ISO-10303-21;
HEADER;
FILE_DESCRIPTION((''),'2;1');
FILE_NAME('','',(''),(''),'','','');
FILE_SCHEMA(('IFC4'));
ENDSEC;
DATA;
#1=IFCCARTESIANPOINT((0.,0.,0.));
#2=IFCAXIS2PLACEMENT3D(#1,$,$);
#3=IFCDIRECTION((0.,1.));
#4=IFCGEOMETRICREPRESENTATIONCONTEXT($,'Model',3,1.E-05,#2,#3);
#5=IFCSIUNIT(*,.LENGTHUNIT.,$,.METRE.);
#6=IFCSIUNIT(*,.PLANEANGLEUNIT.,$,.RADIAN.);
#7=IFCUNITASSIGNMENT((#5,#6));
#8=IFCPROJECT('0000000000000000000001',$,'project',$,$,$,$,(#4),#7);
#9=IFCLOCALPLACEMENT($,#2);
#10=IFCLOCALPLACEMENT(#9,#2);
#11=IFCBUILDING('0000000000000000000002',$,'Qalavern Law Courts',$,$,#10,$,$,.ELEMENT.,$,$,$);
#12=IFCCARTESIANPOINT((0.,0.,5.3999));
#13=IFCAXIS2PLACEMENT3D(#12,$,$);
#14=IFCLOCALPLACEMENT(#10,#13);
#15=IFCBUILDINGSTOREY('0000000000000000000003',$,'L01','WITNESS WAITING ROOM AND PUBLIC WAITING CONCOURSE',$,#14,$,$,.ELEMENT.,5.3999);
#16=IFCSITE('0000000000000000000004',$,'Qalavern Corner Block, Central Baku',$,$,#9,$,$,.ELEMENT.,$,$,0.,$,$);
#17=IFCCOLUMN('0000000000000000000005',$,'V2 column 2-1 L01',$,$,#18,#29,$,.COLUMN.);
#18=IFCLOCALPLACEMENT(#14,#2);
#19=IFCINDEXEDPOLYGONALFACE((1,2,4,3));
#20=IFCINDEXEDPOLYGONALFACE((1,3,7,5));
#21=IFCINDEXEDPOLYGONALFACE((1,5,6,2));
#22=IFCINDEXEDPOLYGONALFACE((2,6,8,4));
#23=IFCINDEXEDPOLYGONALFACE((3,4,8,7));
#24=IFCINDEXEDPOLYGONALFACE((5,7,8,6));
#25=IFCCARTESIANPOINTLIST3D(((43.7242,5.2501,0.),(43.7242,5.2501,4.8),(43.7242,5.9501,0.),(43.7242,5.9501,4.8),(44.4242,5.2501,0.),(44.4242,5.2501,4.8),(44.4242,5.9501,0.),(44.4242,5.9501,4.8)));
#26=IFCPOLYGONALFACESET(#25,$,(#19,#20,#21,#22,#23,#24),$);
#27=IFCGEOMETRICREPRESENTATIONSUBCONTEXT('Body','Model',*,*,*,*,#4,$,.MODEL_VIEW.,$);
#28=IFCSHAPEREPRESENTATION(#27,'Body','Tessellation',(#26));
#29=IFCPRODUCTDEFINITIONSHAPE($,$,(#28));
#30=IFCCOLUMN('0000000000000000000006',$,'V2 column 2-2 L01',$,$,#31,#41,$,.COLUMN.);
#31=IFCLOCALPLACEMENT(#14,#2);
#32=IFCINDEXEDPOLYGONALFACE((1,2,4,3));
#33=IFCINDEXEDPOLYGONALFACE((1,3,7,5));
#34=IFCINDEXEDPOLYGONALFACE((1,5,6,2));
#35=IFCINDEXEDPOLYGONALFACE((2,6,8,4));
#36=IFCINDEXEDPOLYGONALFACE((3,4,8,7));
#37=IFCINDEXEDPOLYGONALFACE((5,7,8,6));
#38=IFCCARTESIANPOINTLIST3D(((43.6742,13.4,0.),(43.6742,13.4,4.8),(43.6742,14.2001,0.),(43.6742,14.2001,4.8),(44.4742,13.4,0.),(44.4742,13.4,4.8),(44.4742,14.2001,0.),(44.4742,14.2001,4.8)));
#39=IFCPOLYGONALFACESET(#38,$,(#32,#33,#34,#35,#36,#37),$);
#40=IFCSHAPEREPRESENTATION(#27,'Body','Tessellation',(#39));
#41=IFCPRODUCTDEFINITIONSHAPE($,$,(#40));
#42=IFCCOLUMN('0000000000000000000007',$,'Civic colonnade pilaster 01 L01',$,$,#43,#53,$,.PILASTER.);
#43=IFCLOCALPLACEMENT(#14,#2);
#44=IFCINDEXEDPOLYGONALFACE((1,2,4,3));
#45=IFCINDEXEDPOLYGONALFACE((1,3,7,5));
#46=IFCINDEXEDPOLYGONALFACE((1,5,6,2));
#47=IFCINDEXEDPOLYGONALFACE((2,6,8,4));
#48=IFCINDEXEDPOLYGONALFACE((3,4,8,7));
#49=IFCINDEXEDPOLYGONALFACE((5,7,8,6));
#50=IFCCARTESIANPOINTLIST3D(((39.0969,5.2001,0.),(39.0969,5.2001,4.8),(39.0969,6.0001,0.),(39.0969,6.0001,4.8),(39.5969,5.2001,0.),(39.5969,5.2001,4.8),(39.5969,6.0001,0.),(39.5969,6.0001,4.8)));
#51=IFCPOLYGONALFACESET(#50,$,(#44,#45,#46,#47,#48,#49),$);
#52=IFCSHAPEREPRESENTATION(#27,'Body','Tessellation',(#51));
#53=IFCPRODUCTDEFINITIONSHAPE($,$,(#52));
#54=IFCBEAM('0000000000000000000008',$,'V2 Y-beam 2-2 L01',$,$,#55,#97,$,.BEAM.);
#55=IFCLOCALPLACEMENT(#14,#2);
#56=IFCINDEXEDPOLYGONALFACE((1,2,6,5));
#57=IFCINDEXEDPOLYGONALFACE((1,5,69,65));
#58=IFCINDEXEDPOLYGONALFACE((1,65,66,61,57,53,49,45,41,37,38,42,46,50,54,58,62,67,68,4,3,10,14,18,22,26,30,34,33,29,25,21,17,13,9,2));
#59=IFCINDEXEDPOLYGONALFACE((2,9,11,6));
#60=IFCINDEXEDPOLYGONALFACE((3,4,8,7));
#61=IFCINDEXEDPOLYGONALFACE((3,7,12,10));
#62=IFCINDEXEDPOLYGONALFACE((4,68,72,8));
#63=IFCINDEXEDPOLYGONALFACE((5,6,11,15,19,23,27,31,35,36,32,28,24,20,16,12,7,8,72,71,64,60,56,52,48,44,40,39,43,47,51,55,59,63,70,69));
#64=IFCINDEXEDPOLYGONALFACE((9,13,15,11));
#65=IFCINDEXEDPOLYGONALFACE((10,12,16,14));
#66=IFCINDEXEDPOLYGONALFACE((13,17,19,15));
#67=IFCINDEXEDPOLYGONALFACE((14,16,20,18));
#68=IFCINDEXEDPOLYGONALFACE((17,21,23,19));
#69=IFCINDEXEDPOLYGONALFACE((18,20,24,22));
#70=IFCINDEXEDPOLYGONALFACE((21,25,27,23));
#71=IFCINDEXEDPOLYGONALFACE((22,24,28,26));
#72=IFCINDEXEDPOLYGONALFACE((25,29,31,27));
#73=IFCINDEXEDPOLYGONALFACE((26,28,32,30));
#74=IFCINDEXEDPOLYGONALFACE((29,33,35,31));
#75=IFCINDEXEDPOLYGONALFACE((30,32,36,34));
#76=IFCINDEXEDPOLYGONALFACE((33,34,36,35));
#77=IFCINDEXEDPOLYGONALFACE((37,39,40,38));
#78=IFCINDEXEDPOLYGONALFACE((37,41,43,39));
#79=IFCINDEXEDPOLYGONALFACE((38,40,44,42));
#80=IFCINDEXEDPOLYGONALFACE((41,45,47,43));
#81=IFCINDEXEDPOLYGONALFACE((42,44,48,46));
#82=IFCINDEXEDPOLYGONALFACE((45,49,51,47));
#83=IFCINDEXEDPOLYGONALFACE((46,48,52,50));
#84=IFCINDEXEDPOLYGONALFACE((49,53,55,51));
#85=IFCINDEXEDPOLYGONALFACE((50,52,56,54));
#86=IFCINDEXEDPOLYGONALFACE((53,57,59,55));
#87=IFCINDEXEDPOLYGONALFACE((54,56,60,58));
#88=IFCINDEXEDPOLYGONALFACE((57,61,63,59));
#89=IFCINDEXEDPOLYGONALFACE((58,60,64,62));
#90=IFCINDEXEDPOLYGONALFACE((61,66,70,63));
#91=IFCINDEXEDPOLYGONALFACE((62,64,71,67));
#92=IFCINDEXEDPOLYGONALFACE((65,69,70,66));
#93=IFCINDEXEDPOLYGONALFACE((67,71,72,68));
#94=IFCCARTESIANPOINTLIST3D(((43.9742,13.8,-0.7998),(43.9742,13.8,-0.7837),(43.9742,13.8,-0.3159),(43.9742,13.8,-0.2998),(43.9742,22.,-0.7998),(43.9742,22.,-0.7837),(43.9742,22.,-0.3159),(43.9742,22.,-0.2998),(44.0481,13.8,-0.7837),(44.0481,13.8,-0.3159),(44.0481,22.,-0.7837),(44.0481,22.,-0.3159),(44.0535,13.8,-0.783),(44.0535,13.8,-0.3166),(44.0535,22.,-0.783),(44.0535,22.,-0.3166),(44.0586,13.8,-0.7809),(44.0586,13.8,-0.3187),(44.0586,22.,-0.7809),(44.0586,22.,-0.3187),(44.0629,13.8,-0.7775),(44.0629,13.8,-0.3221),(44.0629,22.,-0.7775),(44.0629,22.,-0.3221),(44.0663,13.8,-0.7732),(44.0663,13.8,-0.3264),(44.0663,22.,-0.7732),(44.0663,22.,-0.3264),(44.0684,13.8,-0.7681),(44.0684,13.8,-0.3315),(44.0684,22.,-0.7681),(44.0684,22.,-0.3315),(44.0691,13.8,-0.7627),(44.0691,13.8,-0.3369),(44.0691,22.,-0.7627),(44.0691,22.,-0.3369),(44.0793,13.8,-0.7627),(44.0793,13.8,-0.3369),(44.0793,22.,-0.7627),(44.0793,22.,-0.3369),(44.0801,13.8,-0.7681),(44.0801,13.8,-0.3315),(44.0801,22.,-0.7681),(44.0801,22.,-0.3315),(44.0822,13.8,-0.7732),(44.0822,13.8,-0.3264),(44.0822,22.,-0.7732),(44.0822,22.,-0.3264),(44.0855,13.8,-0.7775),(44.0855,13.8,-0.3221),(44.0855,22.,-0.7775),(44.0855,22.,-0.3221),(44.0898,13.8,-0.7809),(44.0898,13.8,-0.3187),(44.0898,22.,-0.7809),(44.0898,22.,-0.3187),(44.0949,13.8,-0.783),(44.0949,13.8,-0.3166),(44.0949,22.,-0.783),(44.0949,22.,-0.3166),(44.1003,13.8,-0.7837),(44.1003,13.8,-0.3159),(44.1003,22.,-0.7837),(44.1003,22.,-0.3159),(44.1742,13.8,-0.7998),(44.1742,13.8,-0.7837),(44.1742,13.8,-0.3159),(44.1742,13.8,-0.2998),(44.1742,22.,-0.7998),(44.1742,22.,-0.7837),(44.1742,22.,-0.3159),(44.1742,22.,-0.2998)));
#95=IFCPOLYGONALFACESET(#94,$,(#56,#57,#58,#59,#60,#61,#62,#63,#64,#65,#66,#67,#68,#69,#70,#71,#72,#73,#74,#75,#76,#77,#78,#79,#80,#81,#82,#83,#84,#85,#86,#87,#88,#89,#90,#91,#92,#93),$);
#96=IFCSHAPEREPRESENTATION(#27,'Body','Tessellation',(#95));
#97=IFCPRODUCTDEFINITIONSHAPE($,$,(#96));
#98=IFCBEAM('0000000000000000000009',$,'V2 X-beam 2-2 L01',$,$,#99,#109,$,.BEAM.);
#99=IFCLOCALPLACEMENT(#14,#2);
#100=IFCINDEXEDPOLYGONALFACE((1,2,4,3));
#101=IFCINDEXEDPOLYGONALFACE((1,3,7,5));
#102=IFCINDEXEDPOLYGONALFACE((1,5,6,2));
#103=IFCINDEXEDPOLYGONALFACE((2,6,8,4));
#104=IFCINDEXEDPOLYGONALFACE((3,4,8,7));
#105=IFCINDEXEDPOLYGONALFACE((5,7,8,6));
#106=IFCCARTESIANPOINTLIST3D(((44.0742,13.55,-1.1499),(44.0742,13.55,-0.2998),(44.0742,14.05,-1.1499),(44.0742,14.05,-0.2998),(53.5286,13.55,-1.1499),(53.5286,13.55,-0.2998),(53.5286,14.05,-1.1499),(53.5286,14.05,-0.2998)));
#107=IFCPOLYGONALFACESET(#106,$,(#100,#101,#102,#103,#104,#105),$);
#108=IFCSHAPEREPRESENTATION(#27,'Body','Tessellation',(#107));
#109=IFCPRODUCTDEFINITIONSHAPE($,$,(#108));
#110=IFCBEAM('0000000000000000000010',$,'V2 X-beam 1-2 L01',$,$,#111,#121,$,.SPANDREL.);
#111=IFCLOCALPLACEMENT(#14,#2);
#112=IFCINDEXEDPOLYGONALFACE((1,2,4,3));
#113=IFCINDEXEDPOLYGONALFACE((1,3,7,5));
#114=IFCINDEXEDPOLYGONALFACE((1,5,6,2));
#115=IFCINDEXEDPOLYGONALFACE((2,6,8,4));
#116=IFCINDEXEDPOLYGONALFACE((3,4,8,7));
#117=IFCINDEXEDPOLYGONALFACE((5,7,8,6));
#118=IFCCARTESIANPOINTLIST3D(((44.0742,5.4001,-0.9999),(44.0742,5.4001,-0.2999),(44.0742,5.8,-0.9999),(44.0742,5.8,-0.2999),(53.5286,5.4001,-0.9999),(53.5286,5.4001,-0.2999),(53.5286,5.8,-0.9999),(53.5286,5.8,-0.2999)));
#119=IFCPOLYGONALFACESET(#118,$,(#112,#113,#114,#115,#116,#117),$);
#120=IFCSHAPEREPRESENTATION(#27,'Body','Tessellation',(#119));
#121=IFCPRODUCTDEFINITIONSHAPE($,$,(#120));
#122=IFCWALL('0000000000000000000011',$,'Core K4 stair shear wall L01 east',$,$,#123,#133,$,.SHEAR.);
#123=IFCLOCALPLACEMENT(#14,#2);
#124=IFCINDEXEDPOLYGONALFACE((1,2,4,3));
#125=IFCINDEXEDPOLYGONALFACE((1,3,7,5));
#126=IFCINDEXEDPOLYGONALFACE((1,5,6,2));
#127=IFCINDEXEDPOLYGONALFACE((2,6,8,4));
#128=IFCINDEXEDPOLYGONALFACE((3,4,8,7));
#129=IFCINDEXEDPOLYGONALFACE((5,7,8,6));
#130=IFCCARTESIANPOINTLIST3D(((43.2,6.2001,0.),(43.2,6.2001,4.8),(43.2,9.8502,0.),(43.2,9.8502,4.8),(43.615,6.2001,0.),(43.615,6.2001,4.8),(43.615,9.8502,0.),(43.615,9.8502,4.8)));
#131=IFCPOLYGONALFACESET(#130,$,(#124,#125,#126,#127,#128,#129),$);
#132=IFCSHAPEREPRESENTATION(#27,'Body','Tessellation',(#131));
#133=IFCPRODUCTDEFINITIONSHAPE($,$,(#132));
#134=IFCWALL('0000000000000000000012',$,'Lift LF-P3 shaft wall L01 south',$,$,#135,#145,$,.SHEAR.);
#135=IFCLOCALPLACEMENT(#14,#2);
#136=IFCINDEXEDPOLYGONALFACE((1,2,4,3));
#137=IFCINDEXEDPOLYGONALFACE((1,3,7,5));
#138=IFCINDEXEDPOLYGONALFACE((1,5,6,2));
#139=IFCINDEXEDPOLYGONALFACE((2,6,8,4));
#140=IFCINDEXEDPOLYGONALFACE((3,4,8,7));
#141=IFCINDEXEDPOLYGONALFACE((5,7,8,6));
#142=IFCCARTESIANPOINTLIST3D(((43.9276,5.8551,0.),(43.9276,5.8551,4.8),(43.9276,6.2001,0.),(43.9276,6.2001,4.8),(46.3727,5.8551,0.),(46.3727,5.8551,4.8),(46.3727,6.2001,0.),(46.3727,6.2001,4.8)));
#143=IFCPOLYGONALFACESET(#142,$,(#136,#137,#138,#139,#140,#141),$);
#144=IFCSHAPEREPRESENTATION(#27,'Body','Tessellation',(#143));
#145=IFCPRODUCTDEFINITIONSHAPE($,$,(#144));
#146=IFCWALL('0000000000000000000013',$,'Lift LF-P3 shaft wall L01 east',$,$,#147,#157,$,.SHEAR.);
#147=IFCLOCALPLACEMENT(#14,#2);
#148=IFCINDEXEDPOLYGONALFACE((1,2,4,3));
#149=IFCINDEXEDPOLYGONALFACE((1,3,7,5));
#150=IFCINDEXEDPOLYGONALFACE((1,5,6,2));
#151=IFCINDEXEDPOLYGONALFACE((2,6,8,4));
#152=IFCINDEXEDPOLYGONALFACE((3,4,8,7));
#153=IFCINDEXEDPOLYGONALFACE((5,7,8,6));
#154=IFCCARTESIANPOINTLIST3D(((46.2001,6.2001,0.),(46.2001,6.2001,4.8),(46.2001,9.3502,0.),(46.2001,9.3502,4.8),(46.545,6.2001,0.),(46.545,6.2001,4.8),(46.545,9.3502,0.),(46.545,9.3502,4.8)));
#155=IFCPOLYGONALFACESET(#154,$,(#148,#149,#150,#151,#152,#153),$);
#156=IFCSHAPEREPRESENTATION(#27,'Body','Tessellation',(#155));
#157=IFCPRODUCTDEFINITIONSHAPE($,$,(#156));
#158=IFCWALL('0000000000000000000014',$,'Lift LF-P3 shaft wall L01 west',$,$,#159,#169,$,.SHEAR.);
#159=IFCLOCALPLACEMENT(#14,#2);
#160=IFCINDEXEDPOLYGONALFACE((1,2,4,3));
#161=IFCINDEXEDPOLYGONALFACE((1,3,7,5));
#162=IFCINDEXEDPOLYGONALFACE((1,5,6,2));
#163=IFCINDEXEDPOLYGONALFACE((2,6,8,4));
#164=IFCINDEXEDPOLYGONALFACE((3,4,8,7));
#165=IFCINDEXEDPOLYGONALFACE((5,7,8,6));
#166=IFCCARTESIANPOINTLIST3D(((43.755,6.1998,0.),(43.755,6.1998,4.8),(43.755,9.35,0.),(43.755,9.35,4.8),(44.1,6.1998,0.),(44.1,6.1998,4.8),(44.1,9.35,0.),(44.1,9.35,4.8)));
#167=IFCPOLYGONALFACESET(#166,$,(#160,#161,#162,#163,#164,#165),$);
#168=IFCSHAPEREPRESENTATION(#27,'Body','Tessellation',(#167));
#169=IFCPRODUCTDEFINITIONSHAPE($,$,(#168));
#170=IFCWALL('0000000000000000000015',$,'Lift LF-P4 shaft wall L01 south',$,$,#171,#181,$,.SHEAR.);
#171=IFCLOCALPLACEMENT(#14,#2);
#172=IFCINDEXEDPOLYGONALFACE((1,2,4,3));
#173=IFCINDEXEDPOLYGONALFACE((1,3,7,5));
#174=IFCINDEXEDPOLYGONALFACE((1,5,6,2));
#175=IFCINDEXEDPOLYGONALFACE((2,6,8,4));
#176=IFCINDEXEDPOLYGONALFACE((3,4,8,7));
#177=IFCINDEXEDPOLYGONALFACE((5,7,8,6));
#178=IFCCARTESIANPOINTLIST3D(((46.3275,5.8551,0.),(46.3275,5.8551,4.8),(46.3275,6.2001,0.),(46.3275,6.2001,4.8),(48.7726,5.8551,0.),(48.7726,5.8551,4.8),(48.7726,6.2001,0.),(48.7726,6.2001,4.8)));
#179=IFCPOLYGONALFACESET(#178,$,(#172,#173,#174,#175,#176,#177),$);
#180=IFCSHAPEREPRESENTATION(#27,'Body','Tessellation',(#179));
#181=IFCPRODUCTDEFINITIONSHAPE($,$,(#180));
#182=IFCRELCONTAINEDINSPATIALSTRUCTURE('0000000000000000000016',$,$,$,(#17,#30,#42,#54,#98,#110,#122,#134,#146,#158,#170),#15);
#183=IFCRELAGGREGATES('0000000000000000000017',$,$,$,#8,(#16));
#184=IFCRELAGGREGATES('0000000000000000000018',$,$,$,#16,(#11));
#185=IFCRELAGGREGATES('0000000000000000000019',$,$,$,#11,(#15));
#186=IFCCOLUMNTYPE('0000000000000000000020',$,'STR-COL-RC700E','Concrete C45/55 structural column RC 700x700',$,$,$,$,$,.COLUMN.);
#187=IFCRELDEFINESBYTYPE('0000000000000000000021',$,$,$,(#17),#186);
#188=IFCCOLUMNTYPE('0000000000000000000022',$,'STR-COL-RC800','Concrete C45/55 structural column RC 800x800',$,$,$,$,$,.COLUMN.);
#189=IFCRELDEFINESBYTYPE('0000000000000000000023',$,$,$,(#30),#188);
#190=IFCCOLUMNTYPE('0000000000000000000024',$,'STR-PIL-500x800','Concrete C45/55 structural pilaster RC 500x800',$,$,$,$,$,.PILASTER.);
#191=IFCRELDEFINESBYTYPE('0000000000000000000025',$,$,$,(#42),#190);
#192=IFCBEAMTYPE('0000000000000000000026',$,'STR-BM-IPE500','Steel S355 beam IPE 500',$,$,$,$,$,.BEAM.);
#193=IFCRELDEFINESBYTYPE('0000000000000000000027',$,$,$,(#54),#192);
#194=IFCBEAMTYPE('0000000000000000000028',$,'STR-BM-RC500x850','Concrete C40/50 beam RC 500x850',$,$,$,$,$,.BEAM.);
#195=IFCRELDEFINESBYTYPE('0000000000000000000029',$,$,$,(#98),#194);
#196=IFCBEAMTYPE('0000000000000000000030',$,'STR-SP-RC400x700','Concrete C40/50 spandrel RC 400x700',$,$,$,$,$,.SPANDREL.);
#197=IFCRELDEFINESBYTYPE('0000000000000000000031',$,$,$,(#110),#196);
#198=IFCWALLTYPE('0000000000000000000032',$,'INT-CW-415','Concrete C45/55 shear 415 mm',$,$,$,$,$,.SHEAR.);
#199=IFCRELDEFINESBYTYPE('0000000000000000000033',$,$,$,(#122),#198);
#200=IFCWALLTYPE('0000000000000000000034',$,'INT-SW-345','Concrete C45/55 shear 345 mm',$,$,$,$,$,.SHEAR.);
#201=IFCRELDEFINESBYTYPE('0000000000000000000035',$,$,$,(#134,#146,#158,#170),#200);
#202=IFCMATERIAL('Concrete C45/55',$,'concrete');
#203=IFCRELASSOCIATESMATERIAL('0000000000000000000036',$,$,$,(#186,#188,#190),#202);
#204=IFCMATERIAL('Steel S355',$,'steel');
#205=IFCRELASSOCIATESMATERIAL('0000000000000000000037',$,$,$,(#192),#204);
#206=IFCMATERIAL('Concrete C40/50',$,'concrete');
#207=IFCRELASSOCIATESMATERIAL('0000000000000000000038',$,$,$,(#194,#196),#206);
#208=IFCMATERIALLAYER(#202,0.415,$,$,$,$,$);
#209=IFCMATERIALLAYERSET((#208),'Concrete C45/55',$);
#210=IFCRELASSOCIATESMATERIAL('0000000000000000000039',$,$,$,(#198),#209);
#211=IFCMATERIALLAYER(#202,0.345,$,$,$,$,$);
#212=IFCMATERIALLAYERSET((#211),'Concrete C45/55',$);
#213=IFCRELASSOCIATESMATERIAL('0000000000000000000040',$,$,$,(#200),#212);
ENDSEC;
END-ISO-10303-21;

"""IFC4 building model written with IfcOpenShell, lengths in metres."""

from ifc_helpers import new_model, si_unit, direction, frame, frame_2d, origin, origin_2d, place, context, subcontext, project, spatial, rectangle, i_section, extrude, material, layer, layer_set, material_profile, profile_set, type_object, element, save


model = new_model("IFC4")

# Units and contexts
model_context = context("Model", 3, precision=1e-05, world=origin(), true_north=direction((0.0, 1.0)))
body_context = subcontext(model_context, "Body", "Model", "MODEL_VIEW")
ifc_project = project(units=[si_unit("LENGTHUNIT", "METRE"), si_unit("PLANEANGLEUNIT", "RADIAN")], contexts=[model_context])

# Site, building, storey
site_placement = place(None, origin())
site = spatial("IfcSite", under=ifc_project, at=site_placement, Name="Qalavern Corner Block, Central Baku", CompositionType="ELEMENT", RefElevation=0.0)
building_placement = place(site_placement, origin())
building = spatial("IfcBuilding", under=site, at=building_placement, Name="Qalavern Law Courts", CompositionType="ELEMENT")
storey_placement = place(building_placement, frame((0.0, 0.0, 5.3999)))
storey = spatial("IfcBuildingStorey", under=building, at=storey_placement, Name="L01", Description="WITNESS WAITING ROOM AND PUBLIC WAITING CONCOURSE", CompositionType="ELEMENT", Elevation=5.3999)

# Columns
ifc_material_1 = material(Name="Concrete C45/55", Category="concrete")
ifc_material_profile_1 = material_profile(ifc_material_1, rectangle(XDim=0.7, YDim=0.7, at=origin_2d()), Name="RC 700x700")
ifc_profile_set_1 = profile_set([ifc_material_profile_1], Name="Concrete C45/55")
column_type_1 = type_object("IfcColumnType", Name="STR-COL-RC700E", Description="Concrete C45/55 structural column RC 700x700", PredefinedType="COLUMN", material=ifc_profile_set_1)
column_1_placement = place(storey_placement, frame((44.0742, 5.6001, 0.0), z_axis=(0.0, 0.0, 1.0), x_axis=(1.0, 0.0, 0.0)))
element("IfcColumn", 1, at=column_1_placement, inside=storey, type_object=column_type_1, Name="V2 column 2-1 L01", PredefinedType="COLUMN", context=body_context, shape_type="SweptSolid", body=[
    extrude(rectangle(XDim=0.7, YDim=0.7, at=origin_2d()), origin(), (0.0, 0.0, 1.0), 4.8),
])
ifc_material_profile_2 = material_profile(ifc_material_1, rectangle(XDim=0.8, YDim=0.8, at=origin_2d()), Name="RC 800x800")
ifc_profile_set_2 = profile_set([ifc_material_profile_2], Name="Concrete C45/55")
column_type_2 = type_object("IfcColumnType", Name="STR-COL-RC800", Description="Concrete C45/55 structural column RC 800x800", PredefinedType="COLUMN", material=ifc_profile_set_2)
column_2_placement = place(storey_placement, frame((44.0742, 13.8, 0.0), z_axis=(0.0, 0.0, 1.0), x_axis=(1.0, 0.0, 0.0)))
element("IfcColumn", 2, at=column_2_placement, inside=storey, type_object=column_type_2, Name="V2 column 2-2 L01", PredefinedType="COLUMN", context=body_context, shape_type="SweptSolid", body=[
    extrude(rectangle(XDim=0.8, YDim=0.8, at=origin_2d()), origin(), (0.0, 0.0, 1.0), 4.8),
])
ifc_material_profile_3 = material_profile(ifc_material_1, rectangle(XDim=0.5, YDim=0.8, at=origin_2d()), Name="RC 500x800")
ifc_profile_set_3 = profile_set([ifc_material_profile_3], Name="Concrete C45/55")
column_type_3 = type_object("IfcColumnType", Name="STR-PIL-500x800", Description="Concrete C45/55 structural pilaster RC 500x800", PredefinedType="PILASTER", material=ifc_profile_set_3)
column_3_placement = place(storey_placement, frame((39.3469, 5.6001, 0.0), z_axis=(0.0, 0.0, 1.0), x_axis=(1.0, 0.0, 0.0)))
element("IfcColumn", 3, at=column_3_placement, inside=storey, type_object=column_type_3, Name="Civic colonnade pilaster 01 L01", PredefinedType="PILASTER", context=body_context, shape_type="SweptSolid", body=[
    extrude(rectangle(XDim=0.5, YDim=0.8, at=origin_2d()), origin(), (0.0, 0.0, 1.0), 4.8),
])

# Beams
ifc_material_2 = material(Name="Steel S355", Category="steel")
ifc_material_profile_4 = material_profile(ifc_material_2, i_section(OverallWidth=0.2, OverallDepth=0.5, WebThickness=0.0103, FlangeThickness=0.0161, FilletRadius=0.021, at=origin_2d()), Name="IPE 500")
ifc_profile_set_4 = profile_set([ifc_material_profile_4], Name="Steel S355")
beam_type_1 = type_object("IfcBeamType", Name="STR-BM-IPE500", Description="Steel S355 beam IPE 500", PredefinedType="BEAM", material=ifc_profile_set_4)
beam_1_placement = place(storey_placement, frame((44.0742, 13.8, -0.5498), z_axis=(0.0, 1.0, 0.0), x_axis=(-1.0, 0.0, 0.0)))
element("IfcBeam", 4, at=beam_1_placement, inside=storey, type_object=beam_type_1, Name="V2 Y-beam 2-2 L01", PredefinedType="BEAM", context=body_context, shape_type="SweptSolid", body=[
    extrude(i_section(OverallWidth=0.2, OverallDepth=0.5, WebThickness=0.0103, FlangeThickness=0.0161, FilletRadius=0.021, at=origin_2d()), origin(), (0.0, 0.0, 1.0), 8.2),
])
ifc_material_3 = material(Name="Concrete C40/50", Category="concrete")
ifc_material_profile_5 = material_profile(ifc_material_3, rectangle(XDim=0.5, YDim=0.8501, at=origin_2d()), Name="RC 500x850")
ifc_profile_set_5 = profile_set([ifc_material_profile_5], Name="Concrete C40/50")
beam_type_2 = type_object("IfcBeamType", Name="STR-BM-RC500x850", Description="Concrete C40/50 beam RC 500x850", PredefinedType="BEAM", material=ifc_profile_set_5)
beam_2_placement = place(storey_placement, frame((44.0742, 13.8, -0.7249), z_axis=(1.0, 0.0, 0.0), x_axis=(0.0, 1.0, 0.0)))
element("IfcBeam", 5, at=beam_2_placement, inside=storey, type_object=beam_type_2, Name="V2 X-beam 2-2 L01", PredefinedType="BEAM", context=body_context, shape_type="SweptSolid", body=[
    extrude(rectangle(XDim=0.5, YDim=0.8501, at=origin_2d()), origin(), (0.0, 0.0, 1.0), 9.4543),
])
ifc_material_profile_6 = material_profile(ifc_material_3, rectangle(XDim=0.3999, YDim=0.7, at=origin_2d()), Name="RC 400x700")
ifc_profile_set_6 = profile_set([ifc_material_profile_6], Name="Concrete C40/50")
beam_type_3 = type_object("IfcBeamType", Name="STR-SP-RC400x700", Description="Concrete C40/50 spandrel RC 400x700", PredefinedType="SPANDREL", material=ifc_profile_set_6)
beam_3_placement = place(storey_placement, frame((44.0742, 5.6001, -0.6499), z_axis=(1.0, 0.0, 0.0), x_axis=(0.0, 1.0, 0.0)))
element("IfcBeam", 6, at=beam_3_placement, inside=storey, type_object=beam_type_3, Name="V2 X-beam 1-2 L01", PredefinedType="SPANDREL", context=body_context, shape_type="SweptSolid", body=[
    extrude(rectangle(XDim=0.3999, YDim=0.7, at=origin_2d()), origin(), (0.0, 0.0, 1.0), 9.4543),
])

# Wall
ifc_layer_1 = layer(ifc_material_1, 0.415)
ifc_layer_set_1 = layer_set([ifc_layer_1], Name="Concrete C45/55")
wall_type_1 = type_object("IfcWallType", Name="INT-CW-415", Description="Concrete C45/55 shear 415 mm", PredefinedType="SHEAR", material=ifc_layer_set_1)
wall_1_placement = place(storey_placement, frame((43.4075, 6.2, 0.0), z_axis=(0.0, 0.0, 1.0), x_axis=(0.0, 1.0, 0.0)))
element("IfcWall", 7, at=wall_1_placement, inside=storey, type_object=wall_type_1, Name="Core K4 stair shear wall L01 east", PredefinedType="SHEAR", context=body_context, shape_type="SweptSolid", body=[
    extrude(rectangle(XDim=3.6501, YDim=0.415, at=frame_2d((1.8252, 0.0))), origin(), (0.0, 0.0, 1.0), 4.8),
])

# Walls
ifc_layer_2 = layer(ifc_material_1, 0.345)
ifc_layer_set_2 = layer_set([ifc_layer_2], Name="Concrete C45/55")
wall_type_2 = type_object("IfcWallType", Name="INT-SW-345", Description="Concrete C45/55 shear 345 mm", PredefinedType="SHEAR", material=ifc_layer_set_2)
wall_2_placement = place(storey_placement, frame((43.9275, 6.0276, 0.0), z_axis=(0.0, 0.0, 1.0), x_axis=(1.0, 0.0, 0.0)))
element("IfcWall", 8, at=wall_2_placement, inside=storey, type_object=wall_type_2, Name="Lift LF-P3 shaft wall L01 south", PredefinedType="SHEAR", context=body_context, shape_type="SweptSolid", body=[
    extrude(rectangle(XDim=2.4451, YDim=0.345, at=frame_2d((1.2227, 0.0))), origin(), (0.0, 0.0, 1.0), 4.8),
])
wall_3_placement = place(storey_placement, frame((46.3726, 6.2, 0.0), z_axis=(0.0, 0.0, 1.0), x_axis=(0.0, 1.0, 0.0)))
element("IfcWall", 9, at=wall_3_placement, inside=storey, type_object=wall_type_2, Name="Lift LF-P3 shaft wall L01 east", PredefinedType="SHEAR", context=body_context, shape_type="SweptSolid", body=[
    extrude(rectangle(XDim=3.1501, YDim=0.345, at=frame_2d((1.5752, 0.0))), origin(), (0.0, 0.0, 1.0), 4.8),
])

# Walls
wall_4_placement = place(storey_placement, frame((43.9275, 9.3501, 0.0), z_axis=(0.0, 0.0, 1.0), x_axis=(0.0, -1.0, 0.0)))
element("IfcWall", 10, at=wall_4_placement, inside=storey, type_object=wall_type_2, Name="Lift LF-P3 shaft wall L01 west", PredefinedType="SHEAR", context=body_context, shape_type="SweptSolid", body=[
    extrude(rectangle(XDim=3.1501, YDim=0.345, at=frame_2d((1.5752, 0.0))), origin(), (0.0, 0.0, 1.0), 4.8),
])
wall_5_placement = place(storey_placement, frame((46.3274, 6.0276, 0.0), z_axis=(0.0, 0.0, 1.0), x_axis=(1.0, 0.0, 0.0)))
element("IfcWall", 11, at=wall_5_placement, inside=storey, type_object=wall_type_2, Name="Lift LF-P4 shaft wall L01 south", PredefinedType="SHEAR", context=body_context, shape_type="SweptSolid", body=[
    extrude(rectangle(XDim=2.4451, YDim=0.345, at=frame_2d((1.2227, 0.0))), origin(), (0.0, 0.0, 1.0), 4.8),
])

save(model, "model.ifc")
